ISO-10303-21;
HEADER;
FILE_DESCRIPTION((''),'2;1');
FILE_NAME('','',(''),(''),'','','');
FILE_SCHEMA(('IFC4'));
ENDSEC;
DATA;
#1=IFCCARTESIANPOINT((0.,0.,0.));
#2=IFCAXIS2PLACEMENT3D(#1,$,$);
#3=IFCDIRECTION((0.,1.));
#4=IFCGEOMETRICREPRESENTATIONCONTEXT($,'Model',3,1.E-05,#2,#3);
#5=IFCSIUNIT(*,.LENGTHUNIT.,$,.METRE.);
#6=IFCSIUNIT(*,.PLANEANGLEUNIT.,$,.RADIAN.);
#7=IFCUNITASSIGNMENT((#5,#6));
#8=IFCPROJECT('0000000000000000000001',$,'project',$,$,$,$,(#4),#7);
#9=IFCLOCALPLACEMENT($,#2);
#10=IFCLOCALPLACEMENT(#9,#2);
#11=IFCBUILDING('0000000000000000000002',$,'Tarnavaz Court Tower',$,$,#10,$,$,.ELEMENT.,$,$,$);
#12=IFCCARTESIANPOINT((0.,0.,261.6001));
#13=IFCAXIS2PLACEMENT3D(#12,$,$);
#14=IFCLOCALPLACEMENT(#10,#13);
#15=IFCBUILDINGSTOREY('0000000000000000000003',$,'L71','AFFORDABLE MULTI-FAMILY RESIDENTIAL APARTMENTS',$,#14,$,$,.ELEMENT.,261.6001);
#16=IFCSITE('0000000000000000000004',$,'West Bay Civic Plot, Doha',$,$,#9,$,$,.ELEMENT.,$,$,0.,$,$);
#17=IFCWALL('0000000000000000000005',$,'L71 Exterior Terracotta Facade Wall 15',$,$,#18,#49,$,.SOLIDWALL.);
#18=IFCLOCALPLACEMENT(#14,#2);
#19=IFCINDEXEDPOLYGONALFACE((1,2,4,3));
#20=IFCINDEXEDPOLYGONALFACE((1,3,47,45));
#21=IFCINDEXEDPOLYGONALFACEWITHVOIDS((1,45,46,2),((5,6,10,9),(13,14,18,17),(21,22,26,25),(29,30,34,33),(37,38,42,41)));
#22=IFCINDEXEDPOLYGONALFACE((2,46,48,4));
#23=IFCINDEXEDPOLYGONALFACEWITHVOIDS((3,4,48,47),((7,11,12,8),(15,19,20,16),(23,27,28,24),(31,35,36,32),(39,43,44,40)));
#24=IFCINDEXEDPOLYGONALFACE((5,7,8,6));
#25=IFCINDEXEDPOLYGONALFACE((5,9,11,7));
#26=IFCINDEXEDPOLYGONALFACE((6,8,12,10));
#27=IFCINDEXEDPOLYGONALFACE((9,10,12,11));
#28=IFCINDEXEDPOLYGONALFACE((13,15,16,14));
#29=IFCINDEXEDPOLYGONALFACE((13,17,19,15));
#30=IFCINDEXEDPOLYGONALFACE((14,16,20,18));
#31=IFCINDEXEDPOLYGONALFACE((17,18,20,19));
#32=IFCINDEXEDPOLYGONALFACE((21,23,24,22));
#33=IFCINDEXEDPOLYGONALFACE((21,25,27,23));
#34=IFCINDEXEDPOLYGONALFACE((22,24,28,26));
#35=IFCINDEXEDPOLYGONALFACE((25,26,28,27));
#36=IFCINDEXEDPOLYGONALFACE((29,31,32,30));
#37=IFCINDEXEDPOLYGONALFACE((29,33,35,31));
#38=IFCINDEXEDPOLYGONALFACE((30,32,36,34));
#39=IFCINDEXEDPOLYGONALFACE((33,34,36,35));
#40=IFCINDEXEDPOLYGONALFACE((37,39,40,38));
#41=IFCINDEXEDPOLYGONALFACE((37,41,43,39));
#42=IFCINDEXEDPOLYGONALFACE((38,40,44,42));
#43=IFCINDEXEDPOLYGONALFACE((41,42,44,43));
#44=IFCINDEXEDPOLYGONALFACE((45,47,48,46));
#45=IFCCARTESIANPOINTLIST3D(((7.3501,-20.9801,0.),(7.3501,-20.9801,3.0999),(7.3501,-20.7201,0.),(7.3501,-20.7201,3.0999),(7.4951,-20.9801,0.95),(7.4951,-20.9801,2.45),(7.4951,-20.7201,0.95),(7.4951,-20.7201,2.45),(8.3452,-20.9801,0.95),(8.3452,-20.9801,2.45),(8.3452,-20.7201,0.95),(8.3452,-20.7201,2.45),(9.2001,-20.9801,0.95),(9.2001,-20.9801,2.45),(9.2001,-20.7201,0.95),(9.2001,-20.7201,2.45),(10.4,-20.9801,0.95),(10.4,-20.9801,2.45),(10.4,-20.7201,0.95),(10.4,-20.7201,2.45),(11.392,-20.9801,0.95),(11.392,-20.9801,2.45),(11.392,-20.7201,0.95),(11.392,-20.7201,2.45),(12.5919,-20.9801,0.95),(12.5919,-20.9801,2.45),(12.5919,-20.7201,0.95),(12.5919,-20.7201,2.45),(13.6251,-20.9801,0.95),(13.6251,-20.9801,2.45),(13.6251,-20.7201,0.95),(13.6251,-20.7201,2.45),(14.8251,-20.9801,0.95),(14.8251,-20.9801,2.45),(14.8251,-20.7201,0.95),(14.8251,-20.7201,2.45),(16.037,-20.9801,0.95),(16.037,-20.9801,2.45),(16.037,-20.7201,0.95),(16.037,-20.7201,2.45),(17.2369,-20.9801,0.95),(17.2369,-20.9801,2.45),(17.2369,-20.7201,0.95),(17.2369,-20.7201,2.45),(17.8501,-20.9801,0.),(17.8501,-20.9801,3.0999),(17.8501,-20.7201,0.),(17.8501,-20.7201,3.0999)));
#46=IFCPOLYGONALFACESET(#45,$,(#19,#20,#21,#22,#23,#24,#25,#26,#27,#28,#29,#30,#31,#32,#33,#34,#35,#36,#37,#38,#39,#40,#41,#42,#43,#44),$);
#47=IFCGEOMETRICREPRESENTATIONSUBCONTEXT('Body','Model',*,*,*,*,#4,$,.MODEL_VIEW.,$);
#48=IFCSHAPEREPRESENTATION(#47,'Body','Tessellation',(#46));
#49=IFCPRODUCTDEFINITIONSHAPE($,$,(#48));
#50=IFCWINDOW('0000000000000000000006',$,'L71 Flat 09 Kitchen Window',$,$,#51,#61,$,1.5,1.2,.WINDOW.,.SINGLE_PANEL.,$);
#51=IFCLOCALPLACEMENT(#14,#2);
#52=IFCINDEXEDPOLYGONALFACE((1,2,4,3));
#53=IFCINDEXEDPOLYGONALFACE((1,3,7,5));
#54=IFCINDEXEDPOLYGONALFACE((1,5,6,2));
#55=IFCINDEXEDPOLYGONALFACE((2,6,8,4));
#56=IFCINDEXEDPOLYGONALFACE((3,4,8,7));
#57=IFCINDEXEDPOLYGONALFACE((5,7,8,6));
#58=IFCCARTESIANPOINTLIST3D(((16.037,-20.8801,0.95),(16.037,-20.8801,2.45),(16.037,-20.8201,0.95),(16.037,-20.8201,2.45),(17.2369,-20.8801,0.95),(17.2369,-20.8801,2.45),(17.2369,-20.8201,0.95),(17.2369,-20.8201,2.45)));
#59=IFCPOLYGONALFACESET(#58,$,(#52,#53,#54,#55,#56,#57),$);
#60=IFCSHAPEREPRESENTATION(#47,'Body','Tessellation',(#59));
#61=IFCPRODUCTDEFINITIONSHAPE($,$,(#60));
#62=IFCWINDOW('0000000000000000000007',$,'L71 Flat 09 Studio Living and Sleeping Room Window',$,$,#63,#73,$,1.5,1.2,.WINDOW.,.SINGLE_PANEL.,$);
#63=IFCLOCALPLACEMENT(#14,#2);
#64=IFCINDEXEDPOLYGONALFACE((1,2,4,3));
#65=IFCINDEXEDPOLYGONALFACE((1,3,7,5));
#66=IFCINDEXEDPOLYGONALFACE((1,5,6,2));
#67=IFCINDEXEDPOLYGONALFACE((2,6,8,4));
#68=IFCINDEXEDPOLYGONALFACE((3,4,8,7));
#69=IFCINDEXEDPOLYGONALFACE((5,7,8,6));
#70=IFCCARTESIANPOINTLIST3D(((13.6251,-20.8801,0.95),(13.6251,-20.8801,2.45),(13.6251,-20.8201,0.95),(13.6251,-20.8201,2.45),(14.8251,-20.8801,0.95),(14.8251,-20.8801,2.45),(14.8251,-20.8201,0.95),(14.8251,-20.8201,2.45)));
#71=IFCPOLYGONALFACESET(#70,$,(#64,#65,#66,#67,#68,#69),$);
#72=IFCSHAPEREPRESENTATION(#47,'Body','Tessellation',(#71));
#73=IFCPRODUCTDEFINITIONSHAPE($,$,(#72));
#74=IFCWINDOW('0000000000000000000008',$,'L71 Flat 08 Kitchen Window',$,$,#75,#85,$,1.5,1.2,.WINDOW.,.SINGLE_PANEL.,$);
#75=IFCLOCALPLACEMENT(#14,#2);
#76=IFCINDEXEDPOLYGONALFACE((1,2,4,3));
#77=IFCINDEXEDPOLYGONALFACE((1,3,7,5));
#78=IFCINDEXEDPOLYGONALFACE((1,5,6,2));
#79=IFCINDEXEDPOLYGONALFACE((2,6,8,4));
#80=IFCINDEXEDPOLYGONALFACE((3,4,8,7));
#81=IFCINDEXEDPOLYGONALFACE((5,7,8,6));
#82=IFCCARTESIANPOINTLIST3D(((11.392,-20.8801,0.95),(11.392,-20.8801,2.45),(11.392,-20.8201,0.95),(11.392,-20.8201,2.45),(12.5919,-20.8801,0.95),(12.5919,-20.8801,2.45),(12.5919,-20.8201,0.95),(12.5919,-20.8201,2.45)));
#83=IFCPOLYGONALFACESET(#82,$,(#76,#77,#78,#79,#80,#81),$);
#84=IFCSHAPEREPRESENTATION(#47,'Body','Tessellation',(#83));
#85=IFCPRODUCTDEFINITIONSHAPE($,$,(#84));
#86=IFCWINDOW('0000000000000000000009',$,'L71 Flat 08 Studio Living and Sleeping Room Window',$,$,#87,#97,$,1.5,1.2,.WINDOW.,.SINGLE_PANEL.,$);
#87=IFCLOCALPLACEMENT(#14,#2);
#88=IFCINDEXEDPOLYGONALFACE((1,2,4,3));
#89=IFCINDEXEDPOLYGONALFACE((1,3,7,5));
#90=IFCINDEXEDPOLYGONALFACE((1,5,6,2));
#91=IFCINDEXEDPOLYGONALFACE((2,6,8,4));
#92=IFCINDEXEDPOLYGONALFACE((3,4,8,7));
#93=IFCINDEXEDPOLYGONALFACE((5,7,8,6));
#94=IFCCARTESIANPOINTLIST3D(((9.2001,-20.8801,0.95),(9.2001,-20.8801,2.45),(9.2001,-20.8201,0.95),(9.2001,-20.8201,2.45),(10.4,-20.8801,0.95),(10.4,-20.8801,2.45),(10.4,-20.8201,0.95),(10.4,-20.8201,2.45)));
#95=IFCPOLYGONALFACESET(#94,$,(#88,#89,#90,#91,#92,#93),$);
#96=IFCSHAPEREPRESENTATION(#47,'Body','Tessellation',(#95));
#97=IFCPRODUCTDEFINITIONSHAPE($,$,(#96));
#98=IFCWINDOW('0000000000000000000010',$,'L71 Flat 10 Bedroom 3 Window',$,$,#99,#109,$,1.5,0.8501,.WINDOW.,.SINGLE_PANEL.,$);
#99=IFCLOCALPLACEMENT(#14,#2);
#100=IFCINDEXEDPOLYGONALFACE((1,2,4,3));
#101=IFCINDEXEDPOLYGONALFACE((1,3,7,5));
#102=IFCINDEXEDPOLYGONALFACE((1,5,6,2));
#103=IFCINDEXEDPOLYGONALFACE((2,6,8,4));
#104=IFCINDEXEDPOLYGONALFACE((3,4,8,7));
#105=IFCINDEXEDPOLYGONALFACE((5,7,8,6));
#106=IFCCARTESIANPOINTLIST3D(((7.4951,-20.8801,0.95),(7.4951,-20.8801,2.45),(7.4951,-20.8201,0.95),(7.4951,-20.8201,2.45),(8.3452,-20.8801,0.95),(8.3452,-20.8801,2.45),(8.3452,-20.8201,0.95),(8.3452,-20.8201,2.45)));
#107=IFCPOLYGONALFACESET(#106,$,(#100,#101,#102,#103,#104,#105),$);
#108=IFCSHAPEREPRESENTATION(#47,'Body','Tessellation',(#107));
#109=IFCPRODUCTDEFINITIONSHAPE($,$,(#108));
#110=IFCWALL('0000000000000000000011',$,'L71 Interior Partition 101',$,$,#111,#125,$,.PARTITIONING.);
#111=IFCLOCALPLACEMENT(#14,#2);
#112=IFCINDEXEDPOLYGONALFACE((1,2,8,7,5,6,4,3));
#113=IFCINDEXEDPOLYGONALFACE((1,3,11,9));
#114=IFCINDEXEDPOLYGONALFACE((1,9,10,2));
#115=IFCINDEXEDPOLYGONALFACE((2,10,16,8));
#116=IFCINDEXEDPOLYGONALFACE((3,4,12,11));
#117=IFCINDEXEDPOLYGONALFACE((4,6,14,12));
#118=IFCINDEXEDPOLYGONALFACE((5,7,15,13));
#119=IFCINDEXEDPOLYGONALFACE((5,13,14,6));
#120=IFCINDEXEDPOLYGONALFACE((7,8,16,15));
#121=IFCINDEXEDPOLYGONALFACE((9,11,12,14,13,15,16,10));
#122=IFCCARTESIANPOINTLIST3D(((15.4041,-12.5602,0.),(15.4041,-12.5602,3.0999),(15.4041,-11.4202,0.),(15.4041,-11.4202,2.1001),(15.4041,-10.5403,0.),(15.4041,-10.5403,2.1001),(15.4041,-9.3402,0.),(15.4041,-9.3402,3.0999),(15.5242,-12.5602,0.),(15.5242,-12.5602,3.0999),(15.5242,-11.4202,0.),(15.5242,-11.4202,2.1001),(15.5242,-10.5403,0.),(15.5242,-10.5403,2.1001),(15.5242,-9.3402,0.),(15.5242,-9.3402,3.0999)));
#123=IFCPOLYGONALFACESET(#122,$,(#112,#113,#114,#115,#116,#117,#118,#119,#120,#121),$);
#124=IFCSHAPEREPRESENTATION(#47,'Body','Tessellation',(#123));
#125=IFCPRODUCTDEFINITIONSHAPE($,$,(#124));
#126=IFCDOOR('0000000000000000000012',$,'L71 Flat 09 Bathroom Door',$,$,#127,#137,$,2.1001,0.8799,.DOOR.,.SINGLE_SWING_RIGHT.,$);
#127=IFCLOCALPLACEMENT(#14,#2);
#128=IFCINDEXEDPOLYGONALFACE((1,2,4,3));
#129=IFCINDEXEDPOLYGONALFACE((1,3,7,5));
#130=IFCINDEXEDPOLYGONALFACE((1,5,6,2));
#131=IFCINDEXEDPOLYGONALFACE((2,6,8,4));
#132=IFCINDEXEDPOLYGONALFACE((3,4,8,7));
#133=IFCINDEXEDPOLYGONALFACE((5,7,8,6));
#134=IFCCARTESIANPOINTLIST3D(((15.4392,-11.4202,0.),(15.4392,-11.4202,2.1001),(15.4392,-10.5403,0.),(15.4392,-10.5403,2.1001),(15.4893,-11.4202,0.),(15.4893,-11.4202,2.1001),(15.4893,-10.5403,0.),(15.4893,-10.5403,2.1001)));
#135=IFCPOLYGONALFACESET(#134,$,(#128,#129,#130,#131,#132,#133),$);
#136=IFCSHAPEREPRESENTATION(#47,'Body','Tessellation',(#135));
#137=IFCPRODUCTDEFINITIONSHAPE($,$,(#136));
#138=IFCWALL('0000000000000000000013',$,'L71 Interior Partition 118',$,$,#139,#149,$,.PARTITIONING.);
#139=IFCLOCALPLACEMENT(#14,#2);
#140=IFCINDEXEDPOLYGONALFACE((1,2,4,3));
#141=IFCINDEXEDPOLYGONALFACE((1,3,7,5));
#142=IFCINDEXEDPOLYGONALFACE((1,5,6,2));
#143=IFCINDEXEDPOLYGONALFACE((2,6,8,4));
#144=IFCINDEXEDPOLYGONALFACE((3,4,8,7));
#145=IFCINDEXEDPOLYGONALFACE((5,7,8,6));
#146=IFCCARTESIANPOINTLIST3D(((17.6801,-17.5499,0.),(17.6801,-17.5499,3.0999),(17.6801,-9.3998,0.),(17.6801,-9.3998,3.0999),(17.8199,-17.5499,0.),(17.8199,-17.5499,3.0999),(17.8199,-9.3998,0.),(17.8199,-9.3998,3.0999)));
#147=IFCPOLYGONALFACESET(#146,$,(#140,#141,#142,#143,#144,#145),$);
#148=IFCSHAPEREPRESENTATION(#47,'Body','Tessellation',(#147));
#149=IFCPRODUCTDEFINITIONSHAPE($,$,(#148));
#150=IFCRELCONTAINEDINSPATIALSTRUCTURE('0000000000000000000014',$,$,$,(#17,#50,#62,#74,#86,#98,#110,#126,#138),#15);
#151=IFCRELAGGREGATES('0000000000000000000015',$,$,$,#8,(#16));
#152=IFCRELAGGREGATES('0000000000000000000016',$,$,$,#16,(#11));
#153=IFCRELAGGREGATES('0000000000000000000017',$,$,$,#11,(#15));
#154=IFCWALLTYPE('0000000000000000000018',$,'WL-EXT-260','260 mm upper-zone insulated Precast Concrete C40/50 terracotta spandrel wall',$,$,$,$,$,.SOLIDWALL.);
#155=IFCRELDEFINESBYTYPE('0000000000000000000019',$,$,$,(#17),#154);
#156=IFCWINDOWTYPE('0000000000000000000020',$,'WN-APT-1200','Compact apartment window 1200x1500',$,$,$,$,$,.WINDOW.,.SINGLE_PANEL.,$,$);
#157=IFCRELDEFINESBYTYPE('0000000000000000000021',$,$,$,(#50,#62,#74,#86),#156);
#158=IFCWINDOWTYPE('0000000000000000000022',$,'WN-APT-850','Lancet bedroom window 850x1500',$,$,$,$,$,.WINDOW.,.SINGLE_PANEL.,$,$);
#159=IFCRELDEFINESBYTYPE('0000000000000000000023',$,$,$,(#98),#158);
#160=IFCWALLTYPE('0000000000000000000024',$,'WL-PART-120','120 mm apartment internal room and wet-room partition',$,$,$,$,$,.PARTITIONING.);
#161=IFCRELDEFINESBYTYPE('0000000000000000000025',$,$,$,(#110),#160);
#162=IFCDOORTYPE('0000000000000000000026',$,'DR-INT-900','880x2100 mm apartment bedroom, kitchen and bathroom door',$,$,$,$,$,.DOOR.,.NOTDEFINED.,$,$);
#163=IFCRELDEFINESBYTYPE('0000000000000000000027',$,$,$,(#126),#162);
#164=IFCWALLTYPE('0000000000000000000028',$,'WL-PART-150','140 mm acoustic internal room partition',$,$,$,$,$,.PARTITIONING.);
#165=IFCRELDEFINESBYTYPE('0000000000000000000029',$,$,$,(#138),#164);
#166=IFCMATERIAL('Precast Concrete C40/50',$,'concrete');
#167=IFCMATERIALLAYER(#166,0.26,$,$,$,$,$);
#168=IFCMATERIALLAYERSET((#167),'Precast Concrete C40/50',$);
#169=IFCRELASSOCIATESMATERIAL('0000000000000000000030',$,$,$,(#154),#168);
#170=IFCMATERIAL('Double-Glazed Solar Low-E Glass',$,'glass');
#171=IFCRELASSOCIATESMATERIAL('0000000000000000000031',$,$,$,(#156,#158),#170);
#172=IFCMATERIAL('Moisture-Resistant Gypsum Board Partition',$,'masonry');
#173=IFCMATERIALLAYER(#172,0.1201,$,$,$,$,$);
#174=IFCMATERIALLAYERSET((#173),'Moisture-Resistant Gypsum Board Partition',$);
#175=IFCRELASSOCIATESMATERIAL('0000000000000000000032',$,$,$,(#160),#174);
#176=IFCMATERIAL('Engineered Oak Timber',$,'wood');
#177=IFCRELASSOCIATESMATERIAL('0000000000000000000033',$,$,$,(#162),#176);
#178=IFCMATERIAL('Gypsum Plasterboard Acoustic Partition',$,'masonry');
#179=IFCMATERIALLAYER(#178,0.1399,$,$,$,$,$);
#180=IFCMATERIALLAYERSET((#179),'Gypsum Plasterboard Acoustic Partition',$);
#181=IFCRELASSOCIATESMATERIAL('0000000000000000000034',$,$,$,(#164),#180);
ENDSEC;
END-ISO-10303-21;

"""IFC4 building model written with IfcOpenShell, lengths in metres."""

from ifc_helpers import new_model, si_unit, direction, frame, frame_2d, origin, place, context, subcontext, project, spatial, rectangle, extrude, material, layer, layer_set, type_object, element, fill, save


model = new_model("IFC4")

# Units and contexts
model_context = context("Model", 3, precision=1e-05, world=origin(), true_north=direction((0.0, 1.0)))
body_context = subcontext(model_context, "Body", "Model", "MODEL_VIEW")
ifc_project = project(units=[si_unit("LENGTHUNIT", "METRE"), si_unit("PLANEANGLEUNIT", "RADIAN")], contexts=[model_context])

# Site, building, storey
site_placement = place(None, origin())
site = spatial("IfcSite", under=ifc_project, at=site_placement, Name="West Bay Civic Plot, Doha", CompositionType="ELEMENT", RefElevation=0.0)
building_placement = place(site_placement, origin())
building = spatial("IfcBuilding", under=site, at=building_placement, Name="Tarnavaz Court Tower", CompositionType="ELEMENT")
storey_placement = place(building_placement, frame((0.0, 0.0, 261.6001)))
storey = spatial("IfcBuildingStorey", under=building, at=storey_placement, Name="L71", Description="AFFORDABLE MULTI-FAMILY RESIDENTIAL APARTMENTS", CompositionType="ELEMENT", Elevation=261.6001)

# Shared definitions
ifc_material_1 = material(Name="Precast Concrete C40/50", Category="concrete")
ifc_layer_1 = layer(ifc_material_1, 0.26)
ifc_layer_set_1 = layer_set([ifc_layer_1], Name="Precast Concrete C40/50")
wall_type_1 = type_object("IfcWallType", Name="WL-EXT-260", Description="260 mm upper-zone insulated Precast Concrete C40/50 terracotta spandrel wall", PredefinedType="SOLIDWALL", material=ifc_layer_set_1)
ifc_material_2 = material(Name="Double-Glazed Solar Low-E Glass", Category="glass")

# Wall, openings, windows
wall_1_placement = place(storey_placement, frame((17.8501, -20.8501, 0.0), z_axis=(0.0, 0.0, 1.0), x_axis=(-1.0, 0.0, 0.0)))
wall_1 = element("IfcWall", 1, at=wall_1_placement, inside=storey, type_object=wall_type_1, Name="L71 Exterior Terracotta Facade Wall 15", PredefinedType="SOLIDWALL", context=body_context, shape_type="SweptSolid", body=[
    extrude(rectangle(XDim=10.5, YDim=0.26, at=frame_2d((5.25, 0.0))), origin(), (0.0, 0.0, 1.0), 3.0999),
])
opening_1_placement = place(wall_1_placement, frame((0.613, 0.0, 0.95)))
opening_1 = element("IfcOpeningElement", 2, at=opening_1_placement, cuts=wall_1, PredefinedType="OPENING", context=body_context, shape_type="SweptSolid", body=[
    extrude(rectangle(XDim=1.2, YDim=1.5, at=frame_2d((0.6001, 0.75))), frame((0.0, 0.1399, 0.0), z_axis=(0.0, -1.0, 0.0), x_axis=(1.0, 0.0, 0.0)), (0.0, 0.0, 1.0), 0.28),
])
opening_2_placement = place(wall_1_placement, frame((3.0249, 0.0, 0.95)))
opening_2 = element("IfcOpeningElement", 3, at=opening_2_placement, cuts=wall_1, PredefinedType="OPENING", context=body_context, shape_type="SweptSolid", body=[
    extrude(rectangle(XDim=1.2, YDim=1.5, at=frame_2d((0.6001, 0.75))), frame((0.0, 0.1399, 0.0), z_axis=(0.0, -1.0, 0.0), x_axis=(1.0, 0.0, 0.0)), (0.0, 0.0, 1.0), 0.28),
])
opening_3_placement = place(wall_1_placement, frame((5.2581, 0.0, 0.95)))
opening_3 = element("IfcOpeningElement", 4, at=opening_3_placement, cuts=wall_1, PredefinedType="OPENING", context=body_context, shape_type="SweptSolid", body=[
    extrude(rectangle(XDim=1.2, YDim=1.5, at=frame_2d((0.6001, 0.75))), frame((0.0, 0.1399, 0.0), z_axis=(0.0, -1.0, 0.0), x_axis=(1.0, 0.0, 0.0)), (0.0, 0.0, 1.0), 0.28),
])
opening_4_placement = place(wall_1_placement, frame((7.45, 0.0, 0.95)))
opening_4 = element("IfcOpeningElement", 5, at=opening_4_placement, cuts=wall_1, PredefinedType="OPENING", context=body_context, shape_type="SweptSolid", body=[
    extrude(rectangle(XDim=1.2, YDim=1.5, at=frame_2d((0.6001, 0.75))), frame((0.0, 0.1399, 0.0), z_axis=(0.0, -1.0, 0.0), x_axis=(1.0, 0.0, 0.0)), (0.0, 0.0, 1.0), 0.28),
])
opening_5_placement = place(wall_1_placement, frame((9.5049, 0.0, 0.95)))
opening_5 = element("IfcOpeningElement", 6, at=opening_5_placement, cuts=wall_1, PredefinedType="OPENING", context=body_context, shape_type="SweptSolid", body=[
    extrude(rectangle(XDim=0.8501, YDim=1.5, at=frame_2d((0.425, 0.75))), frame((0.0, 0.1399, 0.0), z_axis=(0.0, -1.0, 0.0), x_axis=(1.0, 0.0, 0.0)), (0.0, 0.0, 1.0), 0.28),
])
window_type_1 = type_object("IfcWindowType", Name="WN-APT-1200", Description="Compact apartment window 1200x1500", PartitioningType="SINGLE_PANEL", PredefinedType="WINDOW", material=ifc_material_2)
window_1_placement = place(opening_1_placement, origin())
window_1 = element("IfcWindow", 7, at=window_1_placement, inside=storey, type_object=window_type_1, Name="L71 Flat 09 Kitchen Window", OverallHeight=1.5, OverallWidth=1.2, PartitioningType="SINGLE_PANEL", PredefinedType="WINDOW", context=body_context, shape_type="SweptSolid", body=[
    extrude(rectangle(XDim=1.2, YDim=1.5, at=frame_2d((0.6001, 0.75))), frame((0.0, 0.03, 0.0), z_axis=(0.0, -1.0, 0.0), x_axis=(1.0, 0.0, 0.0)), (0.0, 0.0, 1.0), 0.0601),
])
fill(opening_1, window_1)
window_2_placement = place(opening_2_placement, origin())
window_2 = element("IfcWindow", 8, at=window_2_placement, inside=storey, type_object=window_type_1, Name="L71 Flat 09 Studio Living and Sleeping Room Window", OverallHeight=1.5, OverallWidth=1.2, PartitioningType="SINGLE_PANEL", PredefinedType="WINDOW", context=body_context, shape_type="SweptSolid", body=[
    extrude(rectangle(XDim=1.2, YDim=1.5, at=frame_2d((0.6001, 0.75))), frame((0.0, 0.03, 0.0), z_axis=(0.0, -1.0, 0.0), x_axis=(1.0, 0.0, 0.0)), (0.0, 0.0, 1.0), 0.0601),
])
fill(opening_2, window_2)
window_3_placement = place(opening_3_placement, origin())
window_3 = element("IfcWindow", 9, at=window_3_placement, inside=storey, type_object=window_type_1, Name="L71 Flat 08 Kitchen Window", OverallHeight=1.5, OverallWidth=1.2, PartitioningType="SINGLE_PANEL", PredefinedType="WINDOW", context=body_context, shape_type="SweptSolid", body=[
    extrude(rectangle(XDim=1.2, YDim=1.5, at=frame_2d((0.6001, 0.75))), frame((0.0, 0.03, 0.0), z_axis=(0.0, -1.0, 0.0), x_axis=(1.0, 0.0, 0.0)), (0.0, 0.0, 1.0), 0.0601),
])
fill(opening_3, window_3)
window_4_placement = place(opening_4_placement, origin())
window_4 = element("IfcWindow", 10, at=window_4_placement, inside=storey, type_object=window_type_1, Name="L71 Flat 08 Studio Living and Sleeping Room Window", OverallHeight=1.5, OverallWidth=1.2, PartitioningType="SINGLE_PANEL", PredefinedType="WINDOW", context=body_context, shape_type="SweptSolid", body=[
    extrude(rectangle(XDim=1.2, YDim=1.5, at=frame_2d((0.6001, 0.75))), frame((0.0, 0.03, 0.0), z_axis=(0.0, -1.0, 0.0), x_axis=(1.0, 0.0, 0.0)), (0.0, 0.0, 1.0), 0.0601),
])
fill(opening_4, window_4)
window_type_2 = type_object("IfcWindowType", Name="WN-APT-850", Description="Lancet bedroom window 850x1500", PartitioningType="SINGLE_PANEL", PredefinedType="WINDOW", material=ifc_material_2)
window_5_placement = place(opening_5_placement, origin())
window_5 = element("IfcWindow", 11, at=window_5_placement, inside=storey, type_object=window_type_2, Name="L71 Flat 10 Bedroom 3 Window", OverallHeight=1.5, OverallWidth=0.8501, PartitioningType="SINGLE_PANEL", PredefinedType="WINDOW", context=body_context, shape_type="SweptSolid", body=[
    extrude(rectangle(XDim=0.8501, YDim=1.5, at=frame_2d((0.425, 0.75))), frame((0.0, 0.03, 0.0), z_axis=(0.0, -1.0, 0.0), x_axis=(1.0, 0.0, 0.0)), (0.0, 0.0, 1.0), 0.0601),
])
fill(opening_5, window_5)

# Wall, opening, door
ifc_material_3 = material(Name="Moisture-Resistant Gypsum Board Partition", Category="masonry")
ifc_layer_2 = layer(ifc_material_3, 0.1201)
ifc_layer_set_2 = layer_set([ifc_layer_2], Name="Moisture-Resistant Gypsum Board Partition")
wall_type_2 = type_object("IfcWallType", Name="WL-PART-120", Description="120 mm apartment internal room and wet-room partition", PredefinedType="PARTITIONING", material=ifc_layer_set_2)
wall_2_placement = place(storey_placement, frame((15.4641, -12.5601, 0.0), z_axis=(0.0, 0.0, 1.0), x_axis=(0.0, 1.0, 0.0)))
wall_2 = element("IfcWall", 12, at=wall_2_placement, inside=storey, type_object=wall_type_2, Name="L71 Interior Partition 101", PredefinedType="PARTITIONING", context=body_context, shape_type="SweptSolid", body=[
    extrude(rectangle(XDim=3.22, YDim=0.1201, at=frame_2d((1.6099, 0.0))), origin(), (0.0, 0.0, 1.0), 3.0999),
])
opening_6_placement = place(wall_2_placement, frame((1.1399, 0.0, 0.0)))
opening_6 = element("IfcOpeningElement", 13, at=opening_6_placement, cuts=wall_2, PredefinedType="OPENING", context=body_context, shape_type="SweptSolid", body=[
    extrude(rectangle(XDim=0.8799, YDim=2.1001, at=frame_2d((0.4399, 1.05))), frame((0.0, 0.0701, 0.0), z_axis=(0.0, -1.0, 0.0), x_axis=(1.0, 0.0, 0.0)), (0.0, 0.0, 1.0), 0.1401),
])
ifc_material_4 = material(Name="Engineered Oak Timber", Category="wood")
door_type = type_object("IfcDoorType", Name="DR-INT-900", Description="880x2100 mm apartment bedroom, kitchen and bathroom door", OperationType="NOTDEFINED", PredefinedType="DOOR", material=ifc_material_4)
door_placement = place(opening_6_placement, origin())
door = element("IfcDoor", 14, at=door_placement, inside=storey, type_object=door_type, Name="L71 Flat 09 Bathroom Door", OperationType="SINGLE_SWING_RIGHT", OverallHeight=2.1001, OverallWidth=0.8799, PredefinedType="DOOR", context=body_context, shape_type="SweptSolid", body=[
    extrude(rectangle(XDim=0.8799, YDim=2.1001, at=frame_2d((0.4399, 1.05))), frame((0.0, 0.0249, 0.0), z_axis=(0.0, -1.0, 0.0), x_axis=(1.0, 0.0, 0.0)), (0.0, 0.0, 1.0), 0.05),
])
fill(opening_6, door)

# Wall
ifc_material_5 = material(Name="Gypsum Plasterboard Acoustic Partition", Category="masonry")
ifc_layer_3 = layer(ifc_material_5, 0.1399)
ifc_layer_set_3 = layer_set([ifc_layer_3], Name="Gypsum Plasterboard Acoustic Partition")
wall_type_3 = type_object("IfcWallType", Name="WL-PART-150", Description="140 mm acoustic internal room partition", PredefinedType="PARTITIONING", material=ifc_layer_set_3)
wall_3_placement = place(storey_placement, frame((17.75, -17.55, 0.0), z_axis=(0.0, 0.0, 1.0), x_axis=(0.0, 1.0, 0.0)))
element("IfcWall", 15, at=wall_3_placement, inside=storey, type_object=wall_type_3, Name="L71 Interior Partition 118", PredefinedType="PARTITIONING", context=body_context, shape_type="SweptSolid", body=[
    extrude(rectangle(XDim=8.1501, YDim=0.1399, at=frame_2d((4.0752, 0.0))), origin(), (0.0, 0.0, 1.0), 3.0999),
])

save(model, "model.ifc")
